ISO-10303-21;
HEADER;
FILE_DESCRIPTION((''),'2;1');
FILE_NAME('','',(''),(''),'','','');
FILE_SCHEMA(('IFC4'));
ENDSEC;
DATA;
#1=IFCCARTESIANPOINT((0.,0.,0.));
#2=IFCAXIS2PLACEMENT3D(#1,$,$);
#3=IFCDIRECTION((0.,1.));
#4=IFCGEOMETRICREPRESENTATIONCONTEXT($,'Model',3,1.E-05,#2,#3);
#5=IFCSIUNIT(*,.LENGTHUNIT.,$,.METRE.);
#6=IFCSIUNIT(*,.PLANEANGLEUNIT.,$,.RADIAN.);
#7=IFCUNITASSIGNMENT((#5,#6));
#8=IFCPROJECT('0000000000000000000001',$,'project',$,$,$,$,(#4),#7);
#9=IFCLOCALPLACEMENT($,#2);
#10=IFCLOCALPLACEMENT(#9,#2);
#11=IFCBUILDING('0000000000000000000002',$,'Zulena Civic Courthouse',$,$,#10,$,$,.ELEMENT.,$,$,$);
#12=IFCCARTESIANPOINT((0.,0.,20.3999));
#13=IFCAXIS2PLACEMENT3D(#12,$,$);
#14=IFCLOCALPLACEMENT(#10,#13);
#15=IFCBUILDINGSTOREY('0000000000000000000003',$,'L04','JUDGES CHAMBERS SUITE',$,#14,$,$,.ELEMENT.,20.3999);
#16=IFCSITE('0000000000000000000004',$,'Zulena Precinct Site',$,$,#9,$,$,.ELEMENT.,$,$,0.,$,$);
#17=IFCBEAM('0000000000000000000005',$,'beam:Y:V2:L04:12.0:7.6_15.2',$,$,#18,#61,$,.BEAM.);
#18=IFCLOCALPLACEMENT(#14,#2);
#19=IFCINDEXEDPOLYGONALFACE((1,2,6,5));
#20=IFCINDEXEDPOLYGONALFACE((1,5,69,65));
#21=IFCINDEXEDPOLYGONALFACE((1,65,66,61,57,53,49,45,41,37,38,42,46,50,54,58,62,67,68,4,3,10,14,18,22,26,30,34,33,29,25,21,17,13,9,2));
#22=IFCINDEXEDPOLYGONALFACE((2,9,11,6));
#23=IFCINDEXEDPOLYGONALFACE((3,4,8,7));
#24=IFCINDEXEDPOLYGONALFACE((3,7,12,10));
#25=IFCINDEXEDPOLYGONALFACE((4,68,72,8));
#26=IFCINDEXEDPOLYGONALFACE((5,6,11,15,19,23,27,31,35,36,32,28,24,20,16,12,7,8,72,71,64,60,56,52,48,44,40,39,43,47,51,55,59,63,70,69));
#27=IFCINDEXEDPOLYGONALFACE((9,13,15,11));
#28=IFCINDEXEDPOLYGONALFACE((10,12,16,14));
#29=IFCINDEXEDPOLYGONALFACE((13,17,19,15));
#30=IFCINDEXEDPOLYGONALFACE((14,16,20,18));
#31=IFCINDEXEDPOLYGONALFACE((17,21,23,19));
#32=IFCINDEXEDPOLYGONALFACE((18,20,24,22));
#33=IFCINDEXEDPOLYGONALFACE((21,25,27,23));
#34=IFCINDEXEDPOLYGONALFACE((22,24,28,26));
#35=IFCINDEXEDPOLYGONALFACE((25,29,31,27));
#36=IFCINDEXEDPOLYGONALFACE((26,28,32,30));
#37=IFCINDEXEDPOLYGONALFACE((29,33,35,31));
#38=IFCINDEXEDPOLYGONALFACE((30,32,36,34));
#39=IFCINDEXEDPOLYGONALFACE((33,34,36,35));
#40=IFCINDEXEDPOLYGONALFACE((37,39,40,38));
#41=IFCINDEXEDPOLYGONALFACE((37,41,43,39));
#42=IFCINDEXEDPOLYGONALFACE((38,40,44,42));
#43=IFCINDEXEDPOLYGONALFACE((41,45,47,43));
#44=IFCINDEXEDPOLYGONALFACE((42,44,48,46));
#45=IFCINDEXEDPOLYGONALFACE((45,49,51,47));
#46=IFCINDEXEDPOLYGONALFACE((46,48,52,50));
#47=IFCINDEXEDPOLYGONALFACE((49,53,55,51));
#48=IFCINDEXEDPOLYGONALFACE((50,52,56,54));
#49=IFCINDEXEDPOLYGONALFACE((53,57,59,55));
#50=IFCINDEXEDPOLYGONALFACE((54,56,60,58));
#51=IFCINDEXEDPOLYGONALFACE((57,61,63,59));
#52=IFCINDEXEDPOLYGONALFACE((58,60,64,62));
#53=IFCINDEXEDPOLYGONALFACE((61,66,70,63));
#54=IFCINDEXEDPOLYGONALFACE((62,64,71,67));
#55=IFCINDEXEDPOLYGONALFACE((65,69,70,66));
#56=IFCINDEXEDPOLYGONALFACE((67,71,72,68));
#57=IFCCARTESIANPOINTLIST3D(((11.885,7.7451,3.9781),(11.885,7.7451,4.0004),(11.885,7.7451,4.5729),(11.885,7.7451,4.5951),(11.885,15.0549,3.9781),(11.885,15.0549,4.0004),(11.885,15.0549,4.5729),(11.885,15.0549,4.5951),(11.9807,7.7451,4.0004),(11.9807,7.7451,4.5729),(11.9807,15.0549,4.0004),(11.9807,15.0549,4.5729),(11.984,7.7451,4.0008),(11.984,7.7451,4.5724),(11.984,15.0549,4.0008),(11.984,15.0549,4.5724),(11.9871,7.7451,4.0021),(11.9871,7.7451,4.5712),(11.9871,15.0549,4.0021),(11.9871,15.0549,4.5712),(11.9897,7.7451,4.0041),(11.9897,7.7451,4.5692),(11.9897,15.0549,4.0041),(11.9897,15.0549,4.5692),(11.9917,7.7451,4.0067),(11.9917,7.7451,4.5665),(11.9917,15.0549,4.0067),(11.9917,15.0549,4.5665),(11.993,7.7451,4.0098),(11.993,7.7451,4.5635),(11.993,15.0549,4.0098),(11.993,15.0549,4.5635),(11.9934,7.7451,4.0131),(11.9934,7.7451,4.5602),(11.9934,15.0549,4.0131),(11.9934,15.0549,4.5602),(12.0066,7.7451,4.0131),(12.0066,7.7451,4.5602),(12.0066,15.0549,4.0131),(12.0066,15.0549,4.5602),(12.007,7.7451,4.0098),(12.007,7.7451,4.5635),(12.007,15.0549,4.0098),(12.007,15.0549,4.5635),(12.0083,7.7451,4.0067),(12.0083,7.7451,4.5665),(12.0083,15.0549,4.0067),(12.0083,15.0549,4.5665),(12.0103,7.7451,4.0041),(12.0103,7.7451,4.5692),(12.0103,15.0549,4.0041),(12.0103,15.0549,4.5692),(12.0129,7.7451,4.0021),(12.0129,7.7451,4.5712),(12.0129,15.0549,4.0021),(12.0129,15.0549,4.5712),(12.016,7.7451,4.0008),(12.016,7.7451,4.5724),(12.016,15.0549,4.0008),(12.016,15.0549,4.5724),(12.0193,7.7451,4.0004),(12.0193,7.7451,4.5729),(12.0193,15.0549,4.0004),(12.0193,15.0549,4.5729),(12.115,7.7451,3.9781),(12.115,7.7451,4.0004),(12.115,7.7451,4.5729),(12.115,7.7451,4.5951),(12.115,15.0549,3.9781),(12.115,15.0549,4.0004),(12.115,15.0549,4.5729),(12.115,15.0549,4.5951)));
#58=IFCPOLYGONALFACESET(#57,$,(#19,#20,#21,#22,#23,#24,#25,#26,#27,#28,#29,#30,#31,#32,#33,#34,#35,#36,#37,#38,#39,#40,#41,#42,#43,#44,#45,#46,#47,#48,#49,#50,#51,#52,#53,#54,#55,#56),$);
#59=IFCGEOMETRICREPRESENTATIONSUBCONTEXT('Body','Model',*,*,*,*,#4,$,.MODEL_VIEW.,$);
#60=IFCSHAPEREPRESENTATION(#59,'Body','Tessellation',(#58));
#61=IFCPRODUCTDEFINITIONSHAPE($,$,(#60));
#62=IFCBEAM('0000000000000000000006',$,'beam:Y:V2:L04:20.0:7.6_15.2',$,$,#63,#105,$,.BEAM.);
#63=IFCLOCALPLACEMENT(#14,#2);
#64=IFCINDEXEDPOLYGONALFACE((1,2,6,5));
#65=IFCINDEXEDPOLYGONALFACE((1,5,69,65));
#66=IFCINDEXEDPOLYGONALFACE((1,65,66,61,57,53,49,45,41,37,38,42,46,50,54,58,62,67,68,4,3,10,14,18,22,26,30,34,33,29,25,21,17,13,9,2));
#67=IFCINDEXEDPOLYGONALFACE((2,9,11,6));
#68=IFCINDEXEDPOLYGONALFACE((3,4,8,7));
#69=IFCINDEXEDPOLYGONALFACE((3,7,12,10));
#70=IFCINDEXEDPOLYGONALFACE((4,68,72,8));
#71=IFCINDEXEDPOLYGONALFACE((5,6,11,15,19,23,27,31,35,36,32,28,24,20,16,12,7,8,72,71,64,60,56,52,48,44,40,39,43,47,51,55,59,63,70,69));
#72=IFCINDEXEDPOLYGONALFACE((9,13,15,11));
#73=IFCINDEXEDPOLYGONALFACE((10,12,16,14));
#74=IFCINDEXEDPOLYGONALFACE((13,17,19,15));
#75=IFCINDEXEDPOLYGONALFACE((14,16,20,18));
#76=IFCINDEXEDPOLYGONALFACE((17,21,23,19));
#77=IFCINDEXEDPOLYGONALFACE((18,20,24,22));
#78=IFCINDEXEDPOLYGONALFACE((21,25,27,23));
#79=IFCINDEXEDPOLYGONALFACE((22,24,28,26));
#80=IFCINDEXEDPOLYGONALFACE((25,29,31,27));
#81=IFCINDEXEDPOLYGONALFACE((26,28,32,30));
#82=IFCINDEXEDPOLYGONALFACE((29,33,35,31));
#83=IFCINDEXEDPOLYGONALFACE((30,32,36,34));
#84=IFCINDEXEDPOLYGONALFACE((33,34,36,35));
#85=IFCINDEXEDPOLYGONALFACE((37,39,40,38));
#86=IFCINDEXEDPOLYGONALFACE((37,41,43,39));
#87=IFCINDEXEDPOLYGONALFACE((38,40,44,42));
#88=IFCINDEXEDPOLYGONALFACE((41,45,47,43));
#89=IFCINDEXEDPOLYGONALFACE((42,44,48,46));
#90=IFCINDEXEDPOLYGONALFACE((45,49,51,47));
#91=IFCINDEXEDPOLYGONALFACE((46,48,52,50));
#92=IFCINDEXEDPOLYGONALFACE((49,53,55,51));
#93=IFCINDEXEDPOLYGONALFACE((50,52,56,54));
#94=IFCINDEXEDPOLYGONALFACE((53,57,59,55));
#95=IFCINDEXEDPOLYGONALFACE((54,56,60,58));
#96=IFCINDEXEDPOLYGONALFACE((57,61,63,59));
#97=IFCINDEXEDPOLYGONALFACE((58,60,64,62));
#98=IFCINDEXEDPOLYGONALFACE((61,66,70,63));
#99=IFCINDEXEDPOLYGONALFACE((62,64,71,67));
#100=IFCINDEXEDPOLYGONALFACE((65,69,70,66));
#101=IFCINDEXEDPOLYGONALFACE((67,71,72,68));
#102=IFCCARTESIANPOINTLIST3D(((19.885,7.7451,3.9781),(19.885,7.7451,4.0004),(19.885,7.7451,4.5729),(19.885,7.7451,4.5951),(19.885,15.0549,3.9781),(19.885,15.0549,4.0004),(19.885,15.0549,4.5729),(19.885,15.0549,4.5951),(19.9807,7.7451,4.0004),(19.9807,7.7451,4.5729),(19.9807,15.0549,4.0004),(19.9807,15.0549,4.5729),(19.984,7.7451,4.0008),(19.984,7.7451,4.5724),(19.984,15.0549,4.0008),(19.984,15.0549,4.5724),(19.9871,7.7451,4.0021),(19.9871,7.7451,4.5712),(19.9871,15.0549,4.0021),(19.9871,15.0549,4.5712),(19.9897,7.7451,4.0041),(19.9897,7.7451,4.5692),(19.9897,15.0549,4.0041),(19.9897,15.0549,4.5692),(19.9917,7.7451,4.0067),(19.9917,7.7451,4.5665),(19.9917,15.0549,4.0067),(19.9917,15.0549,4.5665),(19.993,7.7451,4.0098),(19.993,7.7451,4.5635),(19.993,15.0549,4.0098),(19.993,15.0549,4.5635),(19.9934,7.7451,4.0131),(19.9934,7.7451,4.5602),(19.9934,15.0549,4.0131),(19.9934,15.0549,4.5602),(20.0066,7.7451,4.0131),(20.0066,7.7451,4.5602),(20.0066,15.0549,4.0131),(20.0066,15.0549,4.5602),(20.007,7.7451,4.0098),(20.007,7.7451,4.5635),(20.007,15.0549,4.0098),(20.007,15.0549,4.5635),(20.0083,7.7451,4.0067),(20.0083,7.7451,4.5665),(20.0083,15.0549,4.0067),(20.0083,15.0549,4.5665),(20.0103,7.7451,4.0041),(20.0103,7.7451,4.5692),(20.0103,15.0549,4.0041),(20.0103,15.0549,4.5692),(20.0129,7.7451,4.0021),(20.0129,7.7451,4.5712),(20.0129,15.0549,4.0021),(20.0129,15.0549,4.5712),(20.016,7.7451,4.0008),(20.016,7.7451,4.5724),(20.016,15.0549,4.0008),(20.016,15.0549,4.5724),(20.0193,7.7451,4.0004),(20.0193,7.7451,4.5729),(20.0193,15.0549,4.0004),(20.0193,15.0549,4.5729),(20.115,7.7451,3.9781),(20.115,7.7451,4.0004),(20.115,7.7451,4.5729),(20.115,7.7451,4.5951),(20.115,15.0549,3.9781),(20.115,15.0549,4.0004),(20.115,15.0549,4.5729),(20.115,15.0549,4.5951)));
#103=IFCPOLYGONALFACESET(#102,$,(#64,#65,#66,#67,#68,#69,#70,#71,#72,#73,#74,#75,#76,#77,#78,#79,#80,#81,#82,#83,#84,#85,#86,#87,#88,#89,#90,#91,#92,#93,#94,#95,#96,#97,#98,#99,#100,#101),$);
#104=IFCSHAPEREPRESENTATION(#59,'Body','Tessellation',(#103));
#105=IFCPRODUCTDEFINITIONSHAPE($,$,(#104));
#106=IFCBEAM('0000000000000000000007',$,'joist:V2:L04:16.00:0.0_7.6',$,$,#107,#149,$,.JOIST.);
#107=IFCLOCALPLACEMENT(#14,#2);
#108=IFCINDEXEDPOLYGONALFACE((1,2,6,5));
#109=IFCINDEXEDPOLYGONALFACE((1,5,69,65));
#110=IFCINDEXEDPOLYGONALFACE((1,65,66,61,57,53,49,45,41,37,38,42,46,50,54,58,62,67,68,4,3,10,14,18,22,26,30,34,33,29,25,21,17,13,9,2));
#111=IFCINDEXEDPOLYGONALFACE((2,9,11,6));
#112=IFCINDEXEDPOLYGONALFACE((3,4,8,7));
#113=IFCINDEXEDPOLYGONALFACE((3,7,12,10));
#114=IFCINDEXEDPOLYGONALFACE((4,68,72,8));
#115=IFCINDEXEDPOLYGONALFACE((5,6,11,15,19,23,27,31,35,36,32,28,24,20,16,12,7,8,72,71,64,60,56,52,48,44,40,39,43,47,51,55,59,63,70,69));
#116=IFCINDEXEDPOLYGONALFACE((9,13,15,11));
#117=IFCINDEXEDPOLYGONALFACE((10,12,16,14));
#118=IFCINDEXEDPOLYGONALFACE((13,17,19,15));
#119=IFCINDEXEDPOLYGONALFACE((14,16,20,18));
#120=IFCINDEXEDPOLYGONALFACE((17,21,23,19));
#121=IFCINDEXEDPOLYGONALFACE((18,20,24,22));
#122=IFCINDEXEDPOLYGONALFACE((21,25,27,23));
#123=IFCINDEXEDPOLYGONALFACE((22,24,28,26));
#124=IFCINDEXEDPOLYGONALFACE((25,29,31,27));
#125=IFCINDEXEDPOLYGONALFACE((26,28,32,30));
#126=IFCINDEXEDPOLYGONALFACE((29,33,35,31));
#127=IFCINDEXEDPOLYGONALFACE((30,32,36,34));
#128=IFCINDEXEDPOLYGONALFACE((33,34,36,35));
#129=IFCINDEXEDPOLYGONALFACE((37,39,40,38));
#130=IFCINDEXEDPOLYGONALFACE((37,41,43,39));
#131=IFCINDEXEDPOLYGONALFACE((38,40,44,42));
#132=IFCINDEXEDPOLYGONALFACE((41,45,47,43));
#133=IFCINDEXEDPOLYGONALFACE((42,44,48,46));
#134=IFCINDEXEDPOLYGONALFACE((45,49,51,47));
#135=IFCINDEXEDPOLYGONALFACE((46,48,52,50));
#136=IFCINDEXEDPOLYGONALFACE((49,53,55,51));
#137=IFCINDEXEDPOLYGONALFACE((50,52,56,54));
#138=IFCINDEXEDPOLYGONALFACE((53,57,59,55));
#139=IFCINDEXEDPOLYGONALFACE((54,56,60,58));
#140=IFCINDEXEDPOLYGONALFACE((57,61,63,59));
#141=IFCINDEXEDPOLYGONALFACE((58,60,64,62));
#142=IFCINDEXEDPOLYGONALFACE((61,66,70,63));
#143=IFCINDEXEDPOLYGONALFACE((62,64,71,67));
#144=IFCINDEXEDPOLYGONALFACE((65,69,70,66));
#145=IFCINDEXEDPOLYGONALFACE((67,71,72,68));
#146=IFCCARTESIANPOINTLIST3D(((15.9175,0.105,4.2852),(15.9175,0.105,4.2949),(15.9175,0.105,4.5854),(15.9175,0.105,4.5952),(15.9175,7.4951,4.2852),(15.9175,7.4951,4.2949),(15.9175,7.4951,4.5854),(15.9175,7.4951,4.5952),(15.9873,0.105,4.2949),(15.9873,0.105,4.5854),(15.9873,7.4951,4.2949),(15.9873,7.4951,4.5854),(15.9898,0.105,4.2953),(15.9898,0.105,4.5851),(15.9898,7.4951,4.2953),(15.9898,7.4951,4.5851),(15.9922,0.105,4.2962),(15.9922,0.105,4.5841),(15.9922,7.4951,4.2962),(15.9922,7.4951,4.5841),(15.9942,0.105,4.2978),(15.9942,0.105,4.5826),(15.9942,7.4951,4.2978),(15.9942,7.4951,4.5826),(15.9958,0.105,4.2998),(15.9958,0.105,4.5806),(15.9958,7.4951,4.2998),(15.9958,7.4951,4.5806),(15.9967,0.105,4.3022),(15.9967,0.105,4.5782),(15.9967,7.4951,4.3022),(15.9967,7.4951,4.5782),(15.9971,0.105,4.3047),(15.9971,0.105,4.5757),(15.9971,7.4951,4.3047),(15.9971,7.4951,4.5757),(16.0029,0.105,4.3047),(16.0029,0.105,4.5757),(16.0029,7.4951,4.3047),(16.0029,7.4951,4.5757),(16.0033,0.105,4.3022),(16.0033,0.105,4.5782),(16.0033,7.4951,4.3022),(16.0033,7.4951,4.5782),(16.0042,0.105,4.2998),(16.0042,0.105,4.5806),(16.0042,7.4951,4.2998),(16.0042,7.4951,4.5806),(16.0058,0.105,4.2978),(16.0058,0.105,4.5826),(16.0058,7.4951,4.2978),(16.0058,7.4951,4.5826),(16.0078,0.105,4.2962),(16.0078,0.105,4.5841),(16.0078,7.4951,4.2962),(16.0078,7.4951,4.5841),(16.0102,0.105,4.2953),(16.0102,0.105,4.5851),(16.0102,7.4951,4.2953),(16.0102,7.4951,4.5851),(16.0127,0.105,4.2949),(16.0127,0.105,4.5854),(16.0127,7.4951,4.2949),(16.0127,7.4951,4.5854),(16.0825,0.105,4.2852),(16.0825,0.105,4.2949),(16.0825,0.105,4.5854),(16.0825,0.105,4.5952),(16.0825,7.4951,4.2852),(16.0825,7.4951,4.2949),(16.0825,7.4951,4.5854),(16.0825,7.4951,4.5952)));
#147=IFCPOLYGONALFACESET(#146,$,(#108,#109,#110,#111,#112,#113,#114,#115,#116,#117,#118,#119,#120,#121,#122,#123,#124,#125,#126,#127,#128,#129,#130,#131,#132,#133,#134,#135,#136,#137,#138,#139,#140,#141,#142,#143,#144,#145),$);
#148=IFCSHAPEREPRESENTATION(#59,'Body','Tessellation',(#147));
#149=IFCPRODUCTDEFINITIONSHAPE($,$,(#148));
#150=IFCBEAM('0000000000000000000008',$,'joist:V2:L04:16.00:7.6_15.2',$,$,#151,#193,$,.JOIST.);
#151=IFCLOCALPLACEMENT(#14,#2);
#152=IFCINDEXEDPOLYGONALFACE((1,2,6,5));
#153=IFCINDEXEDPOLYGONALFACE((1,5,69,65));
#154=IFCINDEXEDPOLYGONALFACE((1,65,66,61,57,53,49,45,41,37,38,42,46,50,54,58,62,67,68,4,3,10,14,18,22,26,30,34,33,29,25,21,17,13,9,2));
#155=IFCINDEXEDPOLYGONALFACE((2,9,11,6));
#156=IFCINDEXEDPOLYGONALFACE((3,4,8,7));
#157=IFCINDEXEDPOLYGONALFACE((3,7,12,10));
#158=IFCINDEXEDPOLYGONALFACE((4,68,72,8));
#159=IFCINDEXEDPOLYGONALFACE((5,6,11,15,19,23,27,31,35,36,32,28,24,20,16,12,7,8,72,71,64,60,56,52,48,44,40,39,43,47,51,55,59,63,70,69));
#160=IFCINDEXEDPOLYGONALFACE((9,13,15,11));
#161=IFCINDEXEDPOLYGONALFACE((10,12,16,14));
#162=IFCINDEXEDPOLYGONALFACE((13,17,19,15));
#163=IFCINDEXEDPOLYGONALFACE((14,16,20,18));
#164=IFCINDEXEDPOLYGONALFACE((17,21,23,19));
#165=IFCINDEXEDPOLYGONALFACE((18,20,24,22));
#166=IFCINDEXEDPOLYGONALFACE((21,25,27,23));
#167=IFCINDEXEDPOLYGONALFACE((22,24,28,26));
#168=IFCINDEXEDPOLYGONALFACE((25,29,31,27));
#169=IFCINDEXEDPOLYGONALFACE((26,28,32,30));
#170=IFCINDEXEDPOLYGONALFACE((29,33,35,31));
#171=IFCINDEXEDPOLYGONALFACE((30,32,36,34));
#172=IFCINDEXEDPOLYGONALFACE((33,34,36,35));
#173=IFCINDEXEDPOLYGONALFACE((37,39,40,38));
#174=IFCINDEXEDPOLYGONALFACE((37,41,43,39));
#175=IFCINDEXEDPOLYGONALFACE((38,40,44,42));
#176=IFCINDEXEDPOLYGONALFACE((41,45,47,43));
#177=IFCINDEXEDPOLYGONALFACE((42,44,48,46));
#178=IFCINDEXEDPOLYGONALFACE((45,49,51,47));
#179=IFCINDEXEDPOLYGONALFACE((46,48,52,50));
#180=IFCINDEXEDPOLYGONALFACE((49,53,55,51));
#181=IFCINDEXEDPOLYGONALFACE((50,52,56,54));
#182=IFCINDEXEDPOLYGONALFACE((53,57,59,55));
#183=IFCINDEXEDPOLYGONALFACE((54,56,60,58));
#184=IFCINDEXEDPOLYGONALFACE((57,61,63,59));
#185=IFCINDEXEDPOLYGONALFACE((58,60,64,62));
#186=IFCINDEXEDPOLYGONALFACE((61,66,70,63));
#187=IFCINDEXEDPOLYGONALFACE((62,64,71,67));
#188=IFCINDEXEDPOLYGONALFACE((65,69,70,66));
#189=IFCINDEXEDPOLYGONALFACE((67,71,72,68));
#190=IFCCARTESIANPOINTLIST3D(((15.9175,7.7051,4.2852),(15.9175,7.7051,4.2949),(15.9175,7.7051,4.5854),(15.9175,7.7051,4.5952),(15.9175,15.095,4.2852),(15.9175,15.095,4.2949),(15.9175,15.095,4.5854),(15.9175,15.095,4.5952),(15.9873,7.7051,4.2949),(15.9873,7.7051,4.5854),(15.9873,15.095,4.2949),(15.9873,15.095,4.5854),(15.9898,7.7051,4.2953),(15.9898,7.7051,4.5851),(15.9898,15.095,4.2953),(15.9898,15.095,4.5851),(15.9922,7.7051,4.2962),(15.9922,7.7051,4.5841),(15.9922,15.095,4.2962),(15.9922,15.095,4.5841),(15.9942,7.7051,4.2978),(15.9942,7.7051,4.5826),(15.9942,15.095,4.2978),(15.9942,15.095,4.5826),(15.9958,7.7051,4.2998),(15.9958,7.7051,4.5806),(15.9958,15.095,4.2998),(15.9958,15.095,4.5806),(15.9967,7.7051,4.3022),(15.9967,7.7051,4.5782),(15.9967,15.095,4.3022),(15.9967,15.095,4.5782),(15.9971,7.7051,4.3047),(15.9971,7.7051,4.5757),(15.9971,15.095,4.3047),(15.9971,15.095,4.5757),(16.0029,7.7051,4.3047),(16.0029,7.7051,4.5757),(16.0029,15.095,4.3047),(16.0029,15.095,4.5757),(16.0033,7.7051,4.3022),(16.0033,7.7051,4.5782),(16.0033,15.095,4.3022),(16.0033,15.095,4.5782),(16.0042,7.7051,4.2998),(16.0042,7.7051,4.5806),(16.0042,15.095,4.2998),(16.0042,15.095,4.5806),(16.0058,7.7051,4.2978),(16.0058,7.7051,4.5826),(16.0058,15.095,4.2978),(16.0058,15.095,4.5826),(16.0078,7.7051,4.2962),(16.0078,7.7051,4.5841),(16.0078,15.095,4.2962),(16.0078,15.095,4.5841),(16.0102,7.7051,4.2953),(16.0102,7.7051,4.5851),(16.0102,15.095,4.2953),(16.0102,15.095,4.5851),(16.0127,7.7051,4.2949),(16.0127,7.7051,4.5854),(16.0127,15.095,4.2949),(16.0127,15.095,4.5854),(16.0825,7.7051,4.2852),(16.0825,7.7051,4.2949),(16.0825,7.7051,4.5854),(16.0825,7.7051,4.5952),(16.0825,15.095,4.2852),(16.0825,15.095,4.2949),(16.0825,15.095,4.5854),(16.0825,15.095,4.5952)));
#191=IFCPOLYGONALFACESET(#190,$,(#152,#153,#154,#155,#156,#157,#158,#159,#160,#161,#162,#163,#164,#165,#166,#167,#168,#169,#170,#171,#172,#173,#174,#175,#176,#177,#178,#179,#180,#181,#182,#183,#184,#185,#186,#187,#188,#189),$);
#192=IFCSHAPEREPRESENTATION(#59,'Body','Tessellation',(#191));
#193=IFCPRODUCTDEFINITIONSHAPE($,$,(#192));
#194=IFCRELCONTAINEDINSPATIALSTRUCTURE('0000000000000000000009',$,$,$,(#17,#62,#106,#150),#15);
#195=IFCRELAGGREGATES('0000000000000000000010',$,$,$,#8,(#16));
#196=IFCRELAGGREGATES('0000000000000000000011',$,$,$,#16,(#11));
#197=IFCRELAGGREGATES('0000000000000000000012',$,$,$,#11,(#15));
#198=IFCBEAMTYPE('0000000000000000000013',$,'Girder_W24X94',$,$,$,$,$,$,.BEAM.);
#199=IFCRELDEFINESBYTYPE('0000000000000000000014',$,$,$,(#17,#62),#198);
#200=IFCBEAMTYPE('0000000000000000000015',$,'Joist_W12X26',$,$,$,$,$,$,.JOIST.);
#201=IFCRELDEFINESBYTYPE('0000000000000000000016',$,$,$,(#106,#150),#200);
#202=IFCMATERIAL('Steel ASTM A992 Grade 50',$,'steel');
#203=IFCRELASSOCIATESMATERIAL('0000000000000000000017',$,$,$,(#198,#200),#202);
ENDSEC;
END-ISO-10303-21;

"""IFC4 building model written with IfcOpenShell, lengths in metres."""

from ifc_helpers import new_model, si_unit, direction, frame, origin, origin_2d, place, context, subcontext, project, spatial, i_section, extrude, material, material_profile, profile_set, type_object, element, save


model = new_model("IFC4")

# Units and contexts
model_context = context("Model", 3, precision=1e-05, world=origin(), true_north=direction((0.0, 1.0)))
body_context = subcontext(model_context, "Body", "Model", "MODEL_VIEW")
ifc_project = project(units=[si_unit("LENGTHUNIT", "METRE"), si_unit("PLANEANGLEUNIT", "RADIAN")], contexts=[model_context])

# Site, building, storey
site_placement = place(None, origin())
site = spatial("IfcSite", under=ifc_project, at=site_placement, Name="Zulena Precinct Site", CompositionType="ELEMENT", RefElevation=0.0)
building_placement = place(site_placement, origin())
building = spatial("IfcBuilding", under=site, at=building_placement, Name="Zulena Civic Courthouse", CompositionType="ELEMENT")
storey_placement = place(building_placement, frame((0.0, 0.0, 20.3999)))
storey = spatial("IfcBuildingStorey", under=building, at=storey_placement, Name="L04", Description="JUDGES CHAMBERS SUITE", CompositionType="ELEMENT", Elevation=20.3999)

# Shared definitions
ifc_material_1 = material(Name="Steel ASTM A992 Grade 50", Category="steel")

# Beams
ifc_material_profile_1 = material_profile(ifc_material_1, i_section(OverallWidth=0.23, OverallDepth=0.6169, WebThickness=0.0132, FlangeThickness=0.0222, FilletRadius=0.0127, at=origin_2d()), Name="W24X94")
ifc_profile_set_1 = profile_set([ifc_material_profile_1], Name="Steel ASTM A992 Grade 50")
beam_type_1 = type_object("IfcBeamType", Name="Girder_W24X94", PredefinedType="BEAM", material=ifc_profile_set_1)
for number, where, z_axis, x_axis, name in (
    (1, (12.0, 7.7451, 4.2866), (0.0, 1.0, 0.0), (-1.0, 0.0, 0.0), "beam:Y:V2:L04:12.0:7.6_15.2"),
    (2, (20.0, 7.7451, 4.2866), (0.0, 1.0, 0.0), (-1.0, 0.0, 0.0), "beam:Y:V2:L04:20.0:7.6_15.2"),
):
    element("IfcBeam", number, at=place(storey_placement, frame(where, z_axis=z_axis, x_axis=x_axis)), inside=storey, type_object=beam_type_1, Name=name, PredefinedType="BEAM", context=body_context, shape_type="SweptSolid", body=[
        extrude(i_section(OverallWidth=0.23, OverallDepth=0.6169, WebThickness=0.0132, FlangeThickness=0.0222, FilletRadius=0.0127, at=origin_2d()), origin(), (0.0, 0.0, 1.0), 7.3098),
    ])
ifc_material_profile_2 = material_profile(ifc_material_1, i_section(OverallWidth=0.165, OverallDepth=0.3101, WebThickness=0.0059, FlangeThickness=0.0098, FilletRadius=0.0098, at=origin_2d()), Name="W12X26")
ifc_profile_set_2 = profile_set([ifc_material_profile_2], Name="Steel ASTM A992 Grade 50")
beam_type_2 = type_object("IfcBeamType", Name="Joist_W12X26", PredefinedType="JOIST", material=ifc_profile_set_2)
beam_1_placement = place(storey_placement, frame((16.0, 0.105, 4.4402), z_axis=(0.0, 1.0, 0.0), x_axis=(-1.0, 0.0, 0.0)))
element("IfcBeam", 3, at=beam_1_placement, inside=storey, type_object=beam_type_2, Name="joist:V2:L04:16.00:0.0_7.6", PredefinedType="JOIST", context=body_context, shape_type="SweptSolid", body=[
    extrude(i_section(OverallWidth=0.165, OverallDepth=0.3101, WebThickness=0.0059, FlangeThickness=0.0098, FilletRadius=0.0098, at=origin_2d()), origin(), (0.0, 0.0, 1.0), 7.3901),
])
beam_2_placement = place(storey_placement, frame((16.0, 7.7051, 4.4402), z_axis=(0.0, 1.0, 0.0), x_axis=(-1.0, 0.0, 0.0)))
element("IfcBeam", 4, at=beam_2_placement, inside=storey, type_object=beam_type_2, Name="joist:V2:L04:16.00:7.6_15.2", PredefinedType="JOIST", context=body_context, shape_type="SweptSolid", body=[
    extrude(i_section(OverallWidth=0.165, OverallDepth=0.3101, WebThickness=0.0059, FlangeThickness=0.0098, FilletRadius=0.0098, at=origin_2d()), origin(), (0.0, 0.0, 1.0), 7.3899),
])

save(model, "model.ifc")
